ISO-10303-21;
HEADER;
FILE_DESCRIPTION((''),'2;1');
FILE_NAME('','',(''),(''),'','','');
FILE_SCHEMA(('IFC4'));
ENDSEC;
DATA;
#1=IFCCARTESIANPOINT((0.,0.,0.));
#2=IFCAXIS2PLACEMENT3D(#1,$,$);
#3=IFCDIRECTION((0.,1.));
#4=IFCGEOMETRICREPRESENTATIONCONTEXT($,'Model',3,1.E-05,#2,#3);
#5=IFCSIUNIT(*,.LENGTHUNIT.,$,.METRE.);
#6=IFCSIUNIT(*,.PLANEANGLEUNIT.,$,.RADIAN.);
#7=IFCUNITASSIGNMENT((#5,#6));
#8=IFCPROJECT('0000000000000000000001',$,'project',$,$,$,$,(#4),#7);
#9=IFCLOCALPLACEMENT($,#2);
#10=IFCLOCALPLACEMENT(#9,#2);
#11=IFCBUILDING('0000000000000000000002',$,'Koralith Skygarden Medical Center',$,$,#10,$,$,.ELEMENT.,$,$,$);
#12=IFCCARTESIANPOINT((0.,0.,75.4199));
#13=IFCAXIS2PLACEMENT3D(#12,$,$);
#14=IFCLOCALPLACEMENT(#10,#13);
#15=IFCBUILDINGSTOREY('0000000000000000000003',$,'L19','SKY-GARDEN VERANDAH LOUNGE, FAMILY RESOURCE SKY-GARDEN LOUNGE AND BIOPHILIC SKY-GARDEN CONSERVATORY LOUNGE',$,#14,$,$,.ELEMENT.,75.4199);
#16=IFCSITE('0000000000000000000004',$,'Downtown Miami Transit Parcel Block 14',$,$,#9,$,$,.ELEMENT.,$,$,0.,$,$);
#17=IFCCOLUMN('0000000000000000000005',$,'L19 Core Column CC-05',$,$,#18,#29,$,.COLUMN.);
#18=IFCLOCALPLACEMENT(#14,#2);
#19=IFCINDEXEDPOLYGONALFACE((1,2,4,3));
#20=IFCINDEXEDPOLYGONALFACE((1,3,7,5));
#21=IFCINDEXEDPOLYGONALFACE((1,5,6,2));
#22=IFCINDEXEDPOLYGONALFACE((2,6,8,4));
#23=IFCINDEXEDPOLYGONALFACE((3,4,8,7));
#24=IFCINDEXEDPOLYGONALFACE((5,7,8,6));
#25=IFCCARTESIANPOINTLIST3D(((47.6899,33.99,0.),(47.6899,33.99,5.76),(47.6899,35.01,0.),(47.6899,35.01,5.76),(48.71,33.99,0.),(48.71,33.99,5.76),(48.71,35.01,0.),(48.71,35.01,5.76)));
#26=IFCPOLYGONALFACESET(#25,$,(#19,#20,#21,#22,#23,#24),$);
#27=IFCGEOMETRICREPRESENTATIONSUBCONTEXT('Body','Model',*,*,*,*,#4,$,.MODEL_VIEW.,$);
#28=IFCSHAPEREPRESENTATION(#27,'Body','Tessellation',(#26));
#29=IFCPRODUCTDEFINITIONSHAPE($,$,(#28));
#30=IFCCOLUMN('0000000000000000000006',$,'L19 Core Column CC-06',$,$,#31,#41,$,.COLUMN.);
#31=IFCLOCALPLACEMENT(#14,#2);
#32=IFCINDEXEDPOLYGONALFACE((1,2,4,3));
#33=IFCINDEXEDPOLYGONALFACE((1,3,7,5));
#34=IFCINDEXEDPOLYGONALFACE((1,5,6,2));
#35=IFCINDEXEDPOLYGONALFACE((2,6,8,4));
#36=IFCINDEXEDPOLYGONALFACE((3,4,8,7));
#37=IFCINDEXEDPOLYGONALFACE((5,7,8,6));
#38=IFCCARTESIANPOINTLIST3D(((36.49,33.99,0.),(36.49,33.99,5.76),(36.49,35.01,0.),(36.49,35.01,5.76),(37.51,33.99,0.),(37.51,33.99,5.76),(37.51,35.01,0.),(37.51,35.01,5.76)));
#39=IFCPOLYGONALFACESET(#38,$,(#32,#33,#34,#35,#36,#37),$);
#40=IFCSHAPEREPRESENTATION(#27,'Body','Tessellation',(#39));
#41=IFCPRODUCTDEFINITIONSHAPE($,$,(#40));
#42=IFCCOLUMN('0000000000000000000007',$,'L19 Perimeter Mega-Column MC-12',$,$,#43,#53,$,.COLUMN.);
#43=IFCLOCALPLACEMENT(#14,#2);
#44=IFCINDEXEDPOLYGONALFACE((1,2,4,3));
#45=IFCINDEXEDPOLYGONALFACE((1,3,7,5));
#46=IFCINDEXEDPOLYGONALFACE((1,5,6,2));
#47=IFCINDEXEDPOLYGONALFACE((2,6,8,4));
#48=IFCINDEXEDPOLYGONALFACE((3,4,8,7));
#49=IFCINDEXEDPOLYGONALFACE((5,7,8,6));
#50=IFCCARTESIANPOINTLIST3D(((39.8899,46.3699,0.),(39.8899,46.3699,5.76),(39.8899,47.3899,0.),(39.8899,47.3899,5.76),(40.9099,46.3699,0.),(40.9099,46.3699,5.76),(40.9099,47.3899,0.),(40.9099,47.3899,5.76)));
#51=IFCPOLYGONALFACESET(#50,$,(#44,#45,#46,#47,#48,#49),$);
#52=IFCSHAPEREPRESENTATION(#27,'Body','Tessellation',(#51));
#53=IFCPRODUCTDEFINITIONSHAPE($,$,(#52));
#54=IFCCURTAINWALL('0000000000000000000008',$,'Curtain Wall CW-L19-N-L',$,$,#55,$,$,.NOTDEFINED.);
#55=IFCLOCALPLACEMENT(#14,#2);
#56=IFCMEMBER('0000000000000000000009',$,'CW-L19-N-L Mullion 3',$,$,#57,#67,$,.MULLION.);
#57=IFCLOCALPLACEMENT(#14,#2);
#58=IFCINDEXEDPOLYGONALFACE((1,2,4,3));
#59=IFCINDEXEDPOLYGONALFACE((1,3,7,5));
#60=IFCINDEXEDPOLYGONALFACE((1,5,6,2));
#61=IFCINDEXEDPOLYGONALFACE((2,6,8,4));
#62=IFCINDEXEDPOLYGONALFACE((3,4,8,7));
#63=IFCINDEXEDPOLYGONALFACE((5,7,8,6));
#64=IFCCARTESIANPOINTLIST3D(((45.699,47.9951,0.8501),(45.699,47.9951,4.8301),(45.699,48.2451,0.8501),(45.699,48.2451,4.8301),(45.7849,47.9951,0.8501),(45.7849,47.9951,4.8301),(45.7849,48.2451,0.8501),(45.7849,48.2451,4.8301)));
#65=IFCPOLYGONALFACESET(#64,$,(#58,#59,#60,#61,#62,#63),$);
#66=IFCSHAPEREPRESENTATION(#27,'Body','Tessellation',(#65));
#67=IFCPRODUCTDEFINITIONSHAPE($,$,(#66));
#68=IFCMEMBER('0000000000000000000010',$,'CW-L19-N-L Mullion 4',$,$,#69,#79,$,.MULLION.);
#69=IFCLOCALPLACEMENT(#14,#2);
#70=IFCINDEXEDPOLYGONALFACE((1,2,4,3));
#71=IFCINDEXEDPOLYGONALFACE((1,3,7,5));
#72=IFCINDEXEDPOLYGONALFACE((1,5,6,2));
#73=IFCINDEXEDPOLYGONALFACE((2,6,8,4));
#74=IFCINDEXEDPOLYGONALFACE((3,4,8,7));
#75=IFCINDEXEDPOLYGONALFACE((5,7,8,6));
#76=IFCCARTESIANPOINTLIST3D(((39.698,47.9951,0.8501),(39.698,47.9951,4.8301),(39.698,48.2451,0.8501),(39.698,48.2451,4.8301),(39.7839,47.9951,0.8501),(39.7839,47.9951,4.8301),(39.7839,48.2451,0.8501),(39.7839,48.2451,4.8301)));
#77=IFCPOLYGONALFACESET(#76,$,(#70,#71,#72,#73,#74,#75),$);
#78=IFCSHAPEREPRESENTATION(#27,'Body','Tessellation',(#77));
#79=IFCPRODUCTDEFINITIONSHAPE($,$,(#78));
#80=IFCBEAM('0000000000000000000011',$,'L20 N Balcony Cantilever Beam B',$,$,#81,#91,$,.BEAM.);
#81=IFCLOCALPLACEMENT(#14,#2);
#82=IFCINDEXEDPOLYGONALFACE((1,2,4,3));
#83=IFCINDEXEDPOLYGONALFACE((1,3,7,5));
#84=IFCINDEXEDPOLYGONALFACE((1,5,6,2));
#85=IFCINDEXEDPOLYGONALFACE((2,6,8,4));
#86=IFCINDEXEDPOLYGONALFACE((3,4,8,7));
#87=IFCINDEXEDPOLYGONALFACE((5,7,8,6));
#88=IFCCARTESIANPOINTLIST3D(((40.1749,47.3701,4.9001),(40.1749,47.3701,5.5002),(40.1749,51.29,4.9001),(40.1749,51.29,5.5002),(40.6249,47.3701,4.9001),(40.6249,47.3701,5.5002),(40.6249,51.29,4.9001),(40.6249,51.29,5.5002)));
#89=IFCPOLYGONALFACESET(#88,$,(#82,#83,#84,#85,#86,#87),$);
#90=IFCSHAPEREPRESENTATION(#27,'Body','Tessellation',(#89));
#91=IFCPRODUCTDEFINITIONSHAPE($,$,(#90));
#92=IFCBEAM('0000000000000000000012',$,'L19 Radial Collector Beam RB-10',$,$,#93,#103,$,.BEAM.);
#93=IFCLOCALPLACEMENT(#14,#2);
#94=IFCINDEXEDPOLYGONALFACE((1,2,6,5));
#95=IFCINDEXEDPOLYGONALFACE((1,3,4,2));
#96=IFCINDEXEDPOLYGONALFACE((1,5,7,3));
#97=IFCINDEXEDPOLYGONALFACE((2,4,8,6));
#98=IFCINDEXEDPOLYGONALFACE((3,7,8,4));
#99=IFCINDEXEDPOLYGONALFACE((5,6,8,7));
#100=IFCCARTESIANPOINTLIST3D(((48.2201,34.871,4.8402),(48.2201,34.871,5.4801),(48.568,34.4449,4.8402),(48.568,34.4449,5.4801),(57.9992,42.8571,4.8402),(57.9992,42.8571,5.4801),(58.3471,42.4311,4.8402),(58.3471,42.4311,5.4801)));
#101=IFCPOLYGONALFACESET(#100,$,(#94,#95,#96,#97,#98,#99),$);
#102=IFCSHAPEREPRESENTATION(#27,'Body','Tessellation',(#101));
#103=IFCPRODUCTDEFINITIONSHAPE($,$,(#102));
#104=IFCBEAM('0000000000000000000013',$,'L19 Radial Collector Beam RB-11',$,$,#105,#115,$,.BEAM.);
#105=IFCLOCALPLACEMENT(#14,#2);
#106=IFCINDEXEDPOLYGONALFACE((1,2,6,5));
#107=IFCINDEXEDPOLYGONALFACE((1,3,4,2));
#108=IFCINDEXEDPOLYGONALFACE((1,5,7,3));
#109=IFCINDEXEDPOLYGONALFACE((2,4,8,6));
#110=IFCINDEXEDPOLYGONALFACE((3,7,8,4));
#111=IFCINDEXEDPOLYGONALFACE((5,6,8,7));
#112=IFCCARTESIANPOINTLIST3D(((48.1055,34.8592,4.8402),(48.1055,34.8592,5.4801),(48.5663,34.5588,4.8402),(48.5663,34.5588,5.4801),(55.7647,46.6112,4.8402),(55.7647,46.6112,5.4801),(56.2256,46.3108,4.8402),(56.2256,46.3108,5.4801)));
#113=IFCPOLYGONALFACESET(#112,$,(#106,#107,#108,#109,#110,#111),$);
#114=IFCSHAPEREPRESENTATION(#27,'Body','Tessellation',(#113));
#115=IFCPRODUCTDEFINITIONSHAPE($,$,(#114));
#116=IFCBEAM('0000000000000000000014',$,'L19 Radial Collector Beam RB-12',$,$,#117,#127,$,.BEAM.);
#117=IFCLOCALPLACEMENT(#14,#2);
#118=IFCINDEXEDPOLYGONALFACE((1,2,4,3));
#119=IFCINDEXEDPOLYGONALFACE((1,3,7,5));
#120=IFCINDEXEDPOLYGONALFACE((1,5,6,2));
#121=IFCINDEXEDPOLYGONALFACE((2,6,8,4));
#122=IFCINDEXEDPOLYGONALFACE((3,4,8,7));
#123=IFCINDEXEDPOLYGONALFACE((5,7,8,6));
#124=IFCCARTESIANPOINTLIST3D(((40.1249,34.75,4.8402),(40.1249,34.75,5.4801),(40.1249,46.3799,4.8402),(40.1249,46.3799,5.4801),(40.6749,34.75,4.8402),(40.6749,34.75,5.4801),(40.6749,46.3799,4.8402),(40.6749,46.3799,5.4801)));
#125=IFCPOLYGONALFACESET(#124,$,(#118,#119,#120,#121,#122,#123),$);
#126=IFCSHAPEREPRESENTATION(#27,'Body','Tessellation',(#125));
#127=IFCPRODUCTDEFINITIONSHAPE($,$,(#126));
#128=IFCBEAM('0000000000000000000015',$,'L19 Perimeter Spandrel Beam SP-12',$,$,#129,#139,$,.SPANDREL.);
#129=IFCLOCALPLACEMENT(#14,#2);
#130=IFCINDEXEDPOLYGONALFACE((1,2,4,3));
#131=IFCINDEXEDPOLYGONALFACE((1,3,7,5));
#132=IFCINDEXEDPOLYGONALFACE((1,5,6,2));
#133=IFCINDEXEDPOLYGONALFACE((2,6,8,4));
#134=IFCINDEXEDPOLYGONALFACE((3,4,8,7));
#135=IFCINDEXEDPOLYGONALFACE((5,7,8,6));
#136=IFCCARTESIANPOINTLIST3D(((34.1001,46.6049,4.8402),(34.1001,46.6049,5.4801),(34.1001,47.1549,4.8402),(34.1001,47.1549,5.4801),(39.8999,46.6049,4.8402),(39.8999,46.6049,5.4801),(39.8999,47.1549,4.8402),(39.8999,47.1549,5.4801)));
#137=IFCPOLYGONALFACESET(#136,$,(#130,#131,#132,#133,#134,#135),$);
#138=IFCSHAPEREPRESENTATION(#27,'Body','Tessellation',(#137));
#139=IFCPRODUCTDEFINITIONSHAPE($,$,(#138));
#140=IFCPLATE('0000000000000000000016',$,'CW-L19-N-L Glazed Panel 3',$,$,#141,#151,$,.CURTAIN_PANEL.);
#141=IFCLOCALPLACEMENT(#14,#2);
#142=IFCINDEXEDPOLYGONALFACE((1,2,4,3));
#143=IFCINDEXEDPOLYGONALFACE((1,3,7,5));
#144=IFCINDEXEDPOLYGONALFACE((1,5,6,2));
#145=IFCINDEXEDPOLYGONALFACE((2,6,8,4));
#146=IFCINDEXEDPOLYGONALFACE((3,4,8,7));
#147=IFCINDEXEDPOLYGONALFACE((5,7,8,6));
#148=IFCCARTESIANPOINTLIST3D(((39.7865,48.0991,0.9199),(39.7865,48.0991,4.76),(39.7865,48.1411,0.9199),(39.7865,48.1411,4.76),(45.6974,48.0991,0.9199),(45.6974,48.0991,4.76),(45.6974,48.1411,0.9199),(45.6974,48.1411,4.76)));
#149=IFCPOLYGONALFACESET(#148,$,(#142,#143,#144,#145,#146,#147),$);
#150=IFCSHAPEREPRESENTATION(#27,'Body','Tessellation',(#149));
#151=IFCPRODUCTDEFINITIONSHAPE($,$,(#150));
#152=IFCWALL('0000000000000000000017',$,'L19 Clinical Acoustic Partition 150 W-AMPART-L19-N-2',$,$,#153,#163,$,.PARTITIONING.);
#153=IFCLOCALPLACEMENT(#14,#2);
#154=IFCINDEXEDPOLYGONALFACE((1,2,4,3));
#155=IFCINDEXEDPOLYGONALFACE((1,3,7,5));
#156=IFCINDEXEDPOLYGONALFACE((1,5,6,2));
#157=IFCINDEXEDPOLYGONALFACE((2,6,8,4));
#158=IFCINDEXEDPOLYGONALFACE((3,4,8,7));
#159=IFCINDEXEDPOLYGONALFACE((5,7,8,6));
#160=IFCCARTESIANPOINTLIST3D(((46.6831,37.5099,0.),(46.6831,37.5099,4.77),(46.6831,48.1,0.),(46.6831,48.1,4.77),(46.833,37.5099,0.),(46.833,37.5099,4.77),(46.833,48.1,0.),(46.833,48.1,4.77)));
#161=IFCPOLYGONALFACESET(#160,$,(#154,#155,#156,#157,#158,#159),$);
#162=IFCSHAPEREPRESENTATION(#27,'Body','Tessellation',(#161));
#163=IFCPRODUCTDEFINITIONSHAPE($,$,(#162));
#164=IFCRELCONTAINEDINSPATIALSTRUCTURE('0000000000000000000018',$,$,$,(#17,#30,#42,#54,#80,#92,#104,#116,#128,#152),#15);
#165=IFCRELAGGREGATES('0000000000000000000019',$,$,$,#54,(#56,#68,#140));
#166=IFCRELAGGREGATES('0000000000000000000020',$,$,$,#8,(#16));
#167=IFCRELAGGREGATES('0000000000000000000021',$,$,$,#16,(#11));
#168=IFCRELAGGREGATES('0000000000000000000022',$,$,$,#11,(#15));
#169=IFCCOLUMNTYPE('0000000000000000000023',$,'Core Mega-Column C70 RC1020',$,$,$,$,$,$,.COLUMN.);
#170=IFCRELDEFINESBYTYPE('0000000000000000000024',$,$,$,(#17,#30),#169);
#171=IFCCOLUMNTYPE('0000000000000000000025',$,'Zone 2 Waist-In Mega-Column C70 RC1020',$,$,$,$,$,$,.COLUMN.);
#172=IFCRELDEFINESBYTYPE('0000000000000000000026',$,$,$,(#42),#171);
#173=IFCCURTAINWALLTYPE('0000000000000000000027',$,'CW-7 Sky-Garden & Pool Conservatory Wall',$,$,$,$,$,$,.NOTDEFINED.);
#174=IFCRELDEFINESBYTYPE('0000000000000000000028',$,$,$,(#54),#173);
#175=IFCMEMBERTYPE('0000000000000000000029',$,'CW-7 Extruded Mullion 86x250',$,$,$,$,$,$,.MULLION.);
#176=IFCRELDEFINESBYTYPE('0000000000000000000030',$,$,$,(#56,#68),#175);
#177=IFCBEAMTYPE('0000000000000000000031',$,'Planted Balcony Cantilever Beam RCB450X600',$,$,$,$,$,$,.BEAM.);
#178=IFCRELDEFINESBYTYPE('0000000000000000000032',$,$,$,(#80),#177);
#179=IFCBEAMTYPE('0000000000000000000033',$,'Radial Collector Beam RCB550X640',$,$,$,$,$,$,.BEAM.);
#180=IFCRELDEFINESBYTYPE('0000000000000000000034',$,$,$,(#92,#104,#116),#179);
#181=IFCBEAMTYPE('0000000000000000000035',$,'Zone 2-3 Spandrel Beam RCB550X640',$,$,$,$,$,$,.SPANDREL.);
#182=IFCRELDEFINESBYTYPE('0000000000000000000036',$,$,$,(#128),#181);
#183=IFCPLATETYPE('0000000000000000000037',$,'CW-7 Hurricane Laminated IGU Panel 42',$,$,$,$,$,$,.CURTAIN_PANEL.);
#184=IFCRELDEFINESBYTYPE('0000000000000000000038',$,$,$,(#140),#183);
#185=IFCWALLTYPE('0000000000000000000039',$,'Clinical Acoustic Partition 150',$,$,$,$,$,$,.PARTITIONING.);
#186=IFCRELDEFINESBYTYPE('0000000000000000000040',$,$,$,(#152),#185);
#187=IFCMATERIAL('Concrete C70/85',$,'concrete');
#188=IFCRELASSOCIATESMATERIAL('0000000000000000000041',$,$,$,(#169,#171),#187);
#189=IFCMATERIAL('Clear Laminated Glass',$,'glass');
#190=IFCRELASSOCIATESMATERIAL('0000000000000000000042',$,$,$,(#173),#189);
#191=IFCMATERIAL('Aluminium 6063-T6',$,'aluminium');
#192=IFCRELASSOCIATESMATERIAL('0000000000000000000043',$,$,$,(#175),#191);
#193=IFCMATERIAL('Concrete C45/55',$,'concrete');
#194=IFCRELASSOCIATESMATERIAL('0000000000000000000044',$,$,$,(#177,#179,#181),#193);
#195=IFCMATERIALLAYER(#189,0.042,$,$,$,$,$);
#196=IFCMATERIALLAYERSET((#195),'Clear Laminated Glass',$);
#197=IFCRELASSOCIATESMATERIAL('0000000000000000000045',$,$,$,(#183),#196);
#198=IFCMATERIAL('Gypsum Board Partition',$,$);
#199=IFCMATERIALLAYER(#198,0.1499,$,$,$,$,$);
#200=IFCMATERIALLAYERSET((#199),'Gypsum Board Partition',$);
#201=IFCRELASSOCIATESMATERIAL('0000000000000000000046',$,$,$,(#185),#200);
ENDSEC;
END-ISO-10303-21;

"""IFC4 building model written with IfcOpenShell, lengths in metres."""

from ifc_helpers import new_model, si_unit, direction, frame, frame_2d, origin, origin_2d, place, context, subcontext, project, spatial, rectangle, extrude, material, layer, layer_set, material_profile, profile_set, type_object, element, aggregate, save


model = new_model("IFC4")

# Units and contexts
model_context = context("Model", 3, precision=1e-05, world=origin(), true_north=direction((0.0, 1.0)))
body_context = subcontext(model_context, "Body", "Model", "MODEL_VIEW")
ifc_project = project(units=[si_unit("LENGTHUNIT", "METRE"), si_unit("PLANEANGLEUNIT", "RADIAN")], contexts=[model_context])

# Site, building, storey
site_placement = place(None, origin())
site = spatial("IfcSite", under=ifc_project, at=site_placement, Name="Downtown Miami Transit Parcel Block 14", CompositionType="ELEMENT", RefElevation=0.0)
building_placement = place(site_placement, origin())
building = spatial("IfcBuilding", under=site, at=building_placement, Name="Koralith Skygarden Medical Center", CompositionType="ELEMENT")
storey_placement = place(building_placement, frame((0.0, 0.0, 75.4199)))
storey = spatial("IfcBuildingStorey", under=building, at=storey_placement, Name="L19", Description="SKY-GARDEN VERANDAH LOUNGE, FAMILY RESOURCE SKY-GARDEN LOUNGE AND BIOPHILIC SKY-GARDEN CONSERVATORY LOUNGE", CompositionType="ELEMENT", Elevation=75.4199)

# Columns
ifc_material_1 = material(Name="Concrete C70/85", Category="concrete")
ifc_material_profile_1 = material_profile(ifc_material_1, rectangle(XDim=1.02, YDim=1.02, at=origin_2d()), Name="RC1020X1020")
ifc_profile_set_1 = profile_set([ifc_material_profile_1], Name="Concrete C70/85")
column_type_1 = type_object("IfcColumnType", Name="Core Mega-Column C70 RC1020", PredefinedType="COLUMN", material=ifc_profile_set_1)
for number, where, z_axis, x_axis, name in (
    (1, (48.2, 34.5, 0.0), (0.0, 0.0, 1.0), (1.0, 0.0, 0.0), "L19 Core Column CC-05"),
    (2, (37.0, 34.5, 0.0), (0.0, 0.0, 1.0), (1.0, 0.0, 0.0), "L19 Core Column CC-06"),
):
    element("IfcColumn", number, at=place(storey_placement, frame(where, z_axis=z_axis, x_axis=x_axis)), inside=storey, type_object=column_type_1, Name=name, PredefinedType="COLUMN", context=body_context, shape_type="SweptSolid", body=[
        extrude(rectangle(XDim=1.02, YDim=1.02, at=origin_2d()), origin(), (0.0, 0.0, 1.0), 5.76),
    ])
ifc_material_profile_2 = material_profile(ifc_material_1, rectangle(XDim=1.02, YDim=1.02, at=origin_2d()), Name="RC1020X1020")
ifc_profile_set_2 = profile_set([ifc_material_profile_2], Name="Concrete C70/85")
column_type_2 = type_object("IfcColumnType", Name="Zone 2 Waist-In Mega-Column C70 RC1020", PredefinedType="COLUMN", material=ifc_profile_set_2)
column_placement = place(storey_placement, frame((40.3999, 46.8799, 0.0), z_axis=(0.0, 0.0, 1.0), x_axis=(1.0, 0.0, 0.0)))
element("IfcColumn", 3, at=column_placement, inside=storey, type_object=column_type_2, Name="L19 Perimeter Mega-Column MC-12", PredefinedType="COLUMN", context=body_context, shape_type="SweptSolid", body=[
    extrude(rectangle(XDim=1.02, YDim=1.02, at=origin_2d()), origin(), (0.0, 0.0, 1.0), 5.76),
])

# Curtain wall, members
ifc_material_2 = material(Name="Clear Laminated Glass", Category="glass")
curtain_wall_type = type_object("IfcCurtainWallType", Name="CW-7 Sky-Garden & Pool Conservatory Wall", PredefinedType="NOTDEFINED", material=ifc_material_2)
curtain_wall_placement = place(storey_placement, origin())
curtain_wall = element("IfcCurtainWall", 4, at=curtain_wall_placement, inside=storey, type_object=curtain_wall_type, Name="Curtain Wall CW-L19-N-L", PredefinedType="NOTDEFINED")
ifc_material_3 = material(Name="Aluminium 6063-T6", Category="aluminium")
ifc_material_profile_3 = material_profile(ifc_material_3, rectangle(XDim=0.0859, YDim=0.25, at=origin_2d()), Name="MUL86X250")
ifc_profile_set_3 = profile_set([ifc_material_profile_3], Name="Aluminium 6063-T6")
member_type = type_object("IfcMemberType", Name="CW-7 Extruded Mullion 86x250", PredefinedType="MULLION", material=ifc_profile_set_3)
member_1_placement = place(storey_placement, frame((45.7419, 48.1201, 0.8501), z_axis=(0.0, 0.0, 1.0), x_axis=(1.0, 0.0, 0.0)))
member_1 = element("IfcMember", 5, at=member_1_placement, type_object=member_type, Name="CW-L19-N-L Mullion 3", PredefinedType="MULLION", context=body_context, shape_type="SweptSolid", body=[
    extrude(rectangle(XDim=0.0859, YDim=0.25, at=origin_2d()), origin(), (0.0, 0.0, 1.0), 3.98),
])
member_2_placement = place(storey_placement, frame((39.741, 48.1201, 0.8501), z_axis=(0.0, 0.0, 1.0), x_axis=(1.0, 0.0, 0.0)))
member_2 = element("IfcMember", 6, at=member_2_placement, type_object=member_type, Name="CW-L19-N-L Mullion 4", PredefinedType="MULLION", context=body_context, shape_type="SweptSolid", body=[
    extrude(rectangle(XDim=0.0859, YDim=0.25, at=origin_2d()), origin(), (0.0, 0.0, 1.0), 3.98),
])

# Beams
ifc_material_4 = material(Name="Concrete C45/55", Category="concrete")
ifc_material_profile_4 = material_profile(ifc_material_4, rectangle(XDim=0.45, YDim=0.6001, at=origin_2d()), Name="RCB450X600")
ifc_profile_set_4 = profile_set([ifc_material_profile_4], Name="Concrete C45/55")
beam_type_1 = type_object("IfcBeamType", Name="Planted Balcony Cantilever Beam RCB450X600", PredefinedType="BEAM", material=ifc_profile_set_4)
beam_1_placement = place(storey_placement, frame((40.3999, 47.3701, 5.2002), z_axis=(0.0, 1.0, 0.0), x_axis=(-1.0, 0.0, 0.0)))
element("IfcBeam", 7, at=beam_1_placement, inside=storey, type_object=beam_type_1, Name="L20 N Balcony Cantilever Beam B", PredefinedType="BEAM", context=body_context, shape_type="SweptSolid", body=[
    extrude(rectangle(XDim=0.45, YDim=0.6001, at=origin_2d()), origin(), (0.0, 0.0, 1.0), 3.9199),
])
ifc_material_profile_5 = material_profile(ifc_material_4, rectangle(XDim=0.55, YDim=0.6399, at=origin_2d()), Name="RCB550X640")
ifc_profile_set_5 = profile_set([ifc_material_profile_5], Name="Concrete C45/55")
beam_type_2 = type_object("IfcBeamType", Name="Radial Collector Beam RCB550X640", PredefinedType="BEAM", material=ifc_profile_set_5)
beam_2_placement = place(storey_placement, frame((48.394, 34.658, 5.1602), z_axis=(0.774538, 0.632528, 0.0), x_axis=(-0.632528, 0.774538, 0.0)))
element("IfcBeam", 8, at=beam_2_placement, inside=storey, type_object=beam_type_2, Name="L19 Radial Collector Beam RB-10", PredefinedType="BEAM", context=body_context, shape_type="SweptSolid", body=[
    extrude(rectangle(XDim=0.55, YDim=0.6399, at=origin_2d()), origin(), (0.0, 0.0, 1.0), 12.6257),
])
beam_3_placement = place(storey_placement, frame((48.3359, 34.709, 5.1602), z_axis=(0.546011, 0.837778, 0.0), x_axis=(-0.837778, 0.546011, 0.0)))
element("IfcBeam", 9, at=beam_3_placement, inside=storey, type_object=beam_type_2, Name="L19 Radial Collector Beam RB-11", PredefinedType="BEAM", context=body_context, shape_type="SweptSolid", body=[
    extrude(rectangle(XDim=0.55, YDim=0.6399, at=origin_2d()), origin(), (0.0, 0.0, 1.0), 14.0276),
])
beam_4_placement = place(storey_placement, frame((40.3999, 34.75, 5.1602), z_axis=(0.0, 1.0, 0.0), x_axis=(-1.0, 0.0, 0.0)))
element("IfcBeam", 10, at=beam_4_placement, inside=storey, type_object=beam_type_2, Name="L19 Radial Collector Beam RB-12", PredefinedType="BEAM", context=body_context, shape_type="SweptSolid", body=[
    extrude(rectangle(XDim=0.55, YDim=0.6399, at=origin_2d()), origin(), (0.0, 0.0, 1.0), 11.6299),
])
ifc_material_profile_6 = material_profile(ifc_material_4, rectangle(XDim=0.55, YDim=0.6399, at=origin_2d()), Name="RCB550X640")
ifc_profile_set_6 = profile_set([ifc_material_profile_6], Name="Concrete C45/55")
beam_type_3 = type_object("IfcBeamType", Name="Zone 2-3 Spandrel Beam RCB550X640", PredefinedType="SPANDREL", material=ifc_profile_set_6)
beam_5_placement = place(storey_placement, frame((39.8999, 46.8799, 5.1602), z_axis=(-1.0, 0.0, 0.0), x_axis=(0.0, -1.0, 0.0)))
element("IfcBeam", 11, at=beam_5_placement, inside=storey, type_object=beam_type_3, Name="L19 Perimeter Spandrel Beam SP-12", PredefinedType="SPANDREL", context=body_context, shape_type="SweptSolid", body=[
    extrude(rectangle(XDim=0.55, YDim=0.6399, at=origin_2d()), origin(), (0.0, 0.0, 1.0), 5.7998),
])

# Plate
ifc_layer_1 = layer(ifc_material_2, 0.042)
ifc_layer_set_1 = layer_set([ifc_layer_1], Name="Clear Laminated Glass")
plate_type = type_object("IfcPlateType", Name="CW-7 Hurricane Laminated IGU Panel 42", PredefinedType="CURTAIN_PANEL", material=ifc_layer_set_1)
plate_placement = place(storey_placement, frame((42.7419, 48.1201, 0.9199), z_axis=(0.0, 0.0, 1.0), x_axis=(-1.0, 0.0, 0.0)))
plate = element("IfcPlate", 12, at=plate_placement, type_object=plate_type, Name="CW-L19-N-L Glazed Panel 3", PredefinedType="CURTAIN_PANEL", context=body_context, shape_type="SweptSolid", body=[
    extrude(rectangle(XDim=5.9109, YDim=0.042, at=origin_2d()), origin(), (0.0, 0.0, 1.0), 3.8401),
])
aggregate(curtain_wall, [member_1, member_2, plate])

# Wall
ifc_material_5 = material(Name="Gypsum Board Partition")
ifc_layer_2 = layer(ifc_material_5, 0.1499)
ifc_layer_set_2 = layer_set([ifc_layer_2], Name="Gypsum Board Partition")
wall_type_1 = type_object("IfcWallType", Name="Clinical Acoustic Partition 150", PredefinedType="PARTITIONING", material=ifc_layer_set_2)
wall_1_placement = place(storey_placement, frame((46.7581, 37.51, 0.0), z_axis=(0.0, 0.0, 1.0), x_axis=(0.0, 1.0, 0.0)))
element("IfcWall", 13, at=wall_1_placement, inside=storey, type_object=wall_type_1, Name="L19 Clinical Acoustic Partition 150 W-AMPART-L19-N-2", PredefinedType="PARTITIONING", context=body_context, shape_type="SweptSolid", body=[
    extrude(rectangle(XDim=10.5901, YDim=0.1499, at=frame_2d((5.2949, 0.0))), origin(), (0.0, 0.0, 1.0), 4.77),
])

save(model, "model.ifc")
